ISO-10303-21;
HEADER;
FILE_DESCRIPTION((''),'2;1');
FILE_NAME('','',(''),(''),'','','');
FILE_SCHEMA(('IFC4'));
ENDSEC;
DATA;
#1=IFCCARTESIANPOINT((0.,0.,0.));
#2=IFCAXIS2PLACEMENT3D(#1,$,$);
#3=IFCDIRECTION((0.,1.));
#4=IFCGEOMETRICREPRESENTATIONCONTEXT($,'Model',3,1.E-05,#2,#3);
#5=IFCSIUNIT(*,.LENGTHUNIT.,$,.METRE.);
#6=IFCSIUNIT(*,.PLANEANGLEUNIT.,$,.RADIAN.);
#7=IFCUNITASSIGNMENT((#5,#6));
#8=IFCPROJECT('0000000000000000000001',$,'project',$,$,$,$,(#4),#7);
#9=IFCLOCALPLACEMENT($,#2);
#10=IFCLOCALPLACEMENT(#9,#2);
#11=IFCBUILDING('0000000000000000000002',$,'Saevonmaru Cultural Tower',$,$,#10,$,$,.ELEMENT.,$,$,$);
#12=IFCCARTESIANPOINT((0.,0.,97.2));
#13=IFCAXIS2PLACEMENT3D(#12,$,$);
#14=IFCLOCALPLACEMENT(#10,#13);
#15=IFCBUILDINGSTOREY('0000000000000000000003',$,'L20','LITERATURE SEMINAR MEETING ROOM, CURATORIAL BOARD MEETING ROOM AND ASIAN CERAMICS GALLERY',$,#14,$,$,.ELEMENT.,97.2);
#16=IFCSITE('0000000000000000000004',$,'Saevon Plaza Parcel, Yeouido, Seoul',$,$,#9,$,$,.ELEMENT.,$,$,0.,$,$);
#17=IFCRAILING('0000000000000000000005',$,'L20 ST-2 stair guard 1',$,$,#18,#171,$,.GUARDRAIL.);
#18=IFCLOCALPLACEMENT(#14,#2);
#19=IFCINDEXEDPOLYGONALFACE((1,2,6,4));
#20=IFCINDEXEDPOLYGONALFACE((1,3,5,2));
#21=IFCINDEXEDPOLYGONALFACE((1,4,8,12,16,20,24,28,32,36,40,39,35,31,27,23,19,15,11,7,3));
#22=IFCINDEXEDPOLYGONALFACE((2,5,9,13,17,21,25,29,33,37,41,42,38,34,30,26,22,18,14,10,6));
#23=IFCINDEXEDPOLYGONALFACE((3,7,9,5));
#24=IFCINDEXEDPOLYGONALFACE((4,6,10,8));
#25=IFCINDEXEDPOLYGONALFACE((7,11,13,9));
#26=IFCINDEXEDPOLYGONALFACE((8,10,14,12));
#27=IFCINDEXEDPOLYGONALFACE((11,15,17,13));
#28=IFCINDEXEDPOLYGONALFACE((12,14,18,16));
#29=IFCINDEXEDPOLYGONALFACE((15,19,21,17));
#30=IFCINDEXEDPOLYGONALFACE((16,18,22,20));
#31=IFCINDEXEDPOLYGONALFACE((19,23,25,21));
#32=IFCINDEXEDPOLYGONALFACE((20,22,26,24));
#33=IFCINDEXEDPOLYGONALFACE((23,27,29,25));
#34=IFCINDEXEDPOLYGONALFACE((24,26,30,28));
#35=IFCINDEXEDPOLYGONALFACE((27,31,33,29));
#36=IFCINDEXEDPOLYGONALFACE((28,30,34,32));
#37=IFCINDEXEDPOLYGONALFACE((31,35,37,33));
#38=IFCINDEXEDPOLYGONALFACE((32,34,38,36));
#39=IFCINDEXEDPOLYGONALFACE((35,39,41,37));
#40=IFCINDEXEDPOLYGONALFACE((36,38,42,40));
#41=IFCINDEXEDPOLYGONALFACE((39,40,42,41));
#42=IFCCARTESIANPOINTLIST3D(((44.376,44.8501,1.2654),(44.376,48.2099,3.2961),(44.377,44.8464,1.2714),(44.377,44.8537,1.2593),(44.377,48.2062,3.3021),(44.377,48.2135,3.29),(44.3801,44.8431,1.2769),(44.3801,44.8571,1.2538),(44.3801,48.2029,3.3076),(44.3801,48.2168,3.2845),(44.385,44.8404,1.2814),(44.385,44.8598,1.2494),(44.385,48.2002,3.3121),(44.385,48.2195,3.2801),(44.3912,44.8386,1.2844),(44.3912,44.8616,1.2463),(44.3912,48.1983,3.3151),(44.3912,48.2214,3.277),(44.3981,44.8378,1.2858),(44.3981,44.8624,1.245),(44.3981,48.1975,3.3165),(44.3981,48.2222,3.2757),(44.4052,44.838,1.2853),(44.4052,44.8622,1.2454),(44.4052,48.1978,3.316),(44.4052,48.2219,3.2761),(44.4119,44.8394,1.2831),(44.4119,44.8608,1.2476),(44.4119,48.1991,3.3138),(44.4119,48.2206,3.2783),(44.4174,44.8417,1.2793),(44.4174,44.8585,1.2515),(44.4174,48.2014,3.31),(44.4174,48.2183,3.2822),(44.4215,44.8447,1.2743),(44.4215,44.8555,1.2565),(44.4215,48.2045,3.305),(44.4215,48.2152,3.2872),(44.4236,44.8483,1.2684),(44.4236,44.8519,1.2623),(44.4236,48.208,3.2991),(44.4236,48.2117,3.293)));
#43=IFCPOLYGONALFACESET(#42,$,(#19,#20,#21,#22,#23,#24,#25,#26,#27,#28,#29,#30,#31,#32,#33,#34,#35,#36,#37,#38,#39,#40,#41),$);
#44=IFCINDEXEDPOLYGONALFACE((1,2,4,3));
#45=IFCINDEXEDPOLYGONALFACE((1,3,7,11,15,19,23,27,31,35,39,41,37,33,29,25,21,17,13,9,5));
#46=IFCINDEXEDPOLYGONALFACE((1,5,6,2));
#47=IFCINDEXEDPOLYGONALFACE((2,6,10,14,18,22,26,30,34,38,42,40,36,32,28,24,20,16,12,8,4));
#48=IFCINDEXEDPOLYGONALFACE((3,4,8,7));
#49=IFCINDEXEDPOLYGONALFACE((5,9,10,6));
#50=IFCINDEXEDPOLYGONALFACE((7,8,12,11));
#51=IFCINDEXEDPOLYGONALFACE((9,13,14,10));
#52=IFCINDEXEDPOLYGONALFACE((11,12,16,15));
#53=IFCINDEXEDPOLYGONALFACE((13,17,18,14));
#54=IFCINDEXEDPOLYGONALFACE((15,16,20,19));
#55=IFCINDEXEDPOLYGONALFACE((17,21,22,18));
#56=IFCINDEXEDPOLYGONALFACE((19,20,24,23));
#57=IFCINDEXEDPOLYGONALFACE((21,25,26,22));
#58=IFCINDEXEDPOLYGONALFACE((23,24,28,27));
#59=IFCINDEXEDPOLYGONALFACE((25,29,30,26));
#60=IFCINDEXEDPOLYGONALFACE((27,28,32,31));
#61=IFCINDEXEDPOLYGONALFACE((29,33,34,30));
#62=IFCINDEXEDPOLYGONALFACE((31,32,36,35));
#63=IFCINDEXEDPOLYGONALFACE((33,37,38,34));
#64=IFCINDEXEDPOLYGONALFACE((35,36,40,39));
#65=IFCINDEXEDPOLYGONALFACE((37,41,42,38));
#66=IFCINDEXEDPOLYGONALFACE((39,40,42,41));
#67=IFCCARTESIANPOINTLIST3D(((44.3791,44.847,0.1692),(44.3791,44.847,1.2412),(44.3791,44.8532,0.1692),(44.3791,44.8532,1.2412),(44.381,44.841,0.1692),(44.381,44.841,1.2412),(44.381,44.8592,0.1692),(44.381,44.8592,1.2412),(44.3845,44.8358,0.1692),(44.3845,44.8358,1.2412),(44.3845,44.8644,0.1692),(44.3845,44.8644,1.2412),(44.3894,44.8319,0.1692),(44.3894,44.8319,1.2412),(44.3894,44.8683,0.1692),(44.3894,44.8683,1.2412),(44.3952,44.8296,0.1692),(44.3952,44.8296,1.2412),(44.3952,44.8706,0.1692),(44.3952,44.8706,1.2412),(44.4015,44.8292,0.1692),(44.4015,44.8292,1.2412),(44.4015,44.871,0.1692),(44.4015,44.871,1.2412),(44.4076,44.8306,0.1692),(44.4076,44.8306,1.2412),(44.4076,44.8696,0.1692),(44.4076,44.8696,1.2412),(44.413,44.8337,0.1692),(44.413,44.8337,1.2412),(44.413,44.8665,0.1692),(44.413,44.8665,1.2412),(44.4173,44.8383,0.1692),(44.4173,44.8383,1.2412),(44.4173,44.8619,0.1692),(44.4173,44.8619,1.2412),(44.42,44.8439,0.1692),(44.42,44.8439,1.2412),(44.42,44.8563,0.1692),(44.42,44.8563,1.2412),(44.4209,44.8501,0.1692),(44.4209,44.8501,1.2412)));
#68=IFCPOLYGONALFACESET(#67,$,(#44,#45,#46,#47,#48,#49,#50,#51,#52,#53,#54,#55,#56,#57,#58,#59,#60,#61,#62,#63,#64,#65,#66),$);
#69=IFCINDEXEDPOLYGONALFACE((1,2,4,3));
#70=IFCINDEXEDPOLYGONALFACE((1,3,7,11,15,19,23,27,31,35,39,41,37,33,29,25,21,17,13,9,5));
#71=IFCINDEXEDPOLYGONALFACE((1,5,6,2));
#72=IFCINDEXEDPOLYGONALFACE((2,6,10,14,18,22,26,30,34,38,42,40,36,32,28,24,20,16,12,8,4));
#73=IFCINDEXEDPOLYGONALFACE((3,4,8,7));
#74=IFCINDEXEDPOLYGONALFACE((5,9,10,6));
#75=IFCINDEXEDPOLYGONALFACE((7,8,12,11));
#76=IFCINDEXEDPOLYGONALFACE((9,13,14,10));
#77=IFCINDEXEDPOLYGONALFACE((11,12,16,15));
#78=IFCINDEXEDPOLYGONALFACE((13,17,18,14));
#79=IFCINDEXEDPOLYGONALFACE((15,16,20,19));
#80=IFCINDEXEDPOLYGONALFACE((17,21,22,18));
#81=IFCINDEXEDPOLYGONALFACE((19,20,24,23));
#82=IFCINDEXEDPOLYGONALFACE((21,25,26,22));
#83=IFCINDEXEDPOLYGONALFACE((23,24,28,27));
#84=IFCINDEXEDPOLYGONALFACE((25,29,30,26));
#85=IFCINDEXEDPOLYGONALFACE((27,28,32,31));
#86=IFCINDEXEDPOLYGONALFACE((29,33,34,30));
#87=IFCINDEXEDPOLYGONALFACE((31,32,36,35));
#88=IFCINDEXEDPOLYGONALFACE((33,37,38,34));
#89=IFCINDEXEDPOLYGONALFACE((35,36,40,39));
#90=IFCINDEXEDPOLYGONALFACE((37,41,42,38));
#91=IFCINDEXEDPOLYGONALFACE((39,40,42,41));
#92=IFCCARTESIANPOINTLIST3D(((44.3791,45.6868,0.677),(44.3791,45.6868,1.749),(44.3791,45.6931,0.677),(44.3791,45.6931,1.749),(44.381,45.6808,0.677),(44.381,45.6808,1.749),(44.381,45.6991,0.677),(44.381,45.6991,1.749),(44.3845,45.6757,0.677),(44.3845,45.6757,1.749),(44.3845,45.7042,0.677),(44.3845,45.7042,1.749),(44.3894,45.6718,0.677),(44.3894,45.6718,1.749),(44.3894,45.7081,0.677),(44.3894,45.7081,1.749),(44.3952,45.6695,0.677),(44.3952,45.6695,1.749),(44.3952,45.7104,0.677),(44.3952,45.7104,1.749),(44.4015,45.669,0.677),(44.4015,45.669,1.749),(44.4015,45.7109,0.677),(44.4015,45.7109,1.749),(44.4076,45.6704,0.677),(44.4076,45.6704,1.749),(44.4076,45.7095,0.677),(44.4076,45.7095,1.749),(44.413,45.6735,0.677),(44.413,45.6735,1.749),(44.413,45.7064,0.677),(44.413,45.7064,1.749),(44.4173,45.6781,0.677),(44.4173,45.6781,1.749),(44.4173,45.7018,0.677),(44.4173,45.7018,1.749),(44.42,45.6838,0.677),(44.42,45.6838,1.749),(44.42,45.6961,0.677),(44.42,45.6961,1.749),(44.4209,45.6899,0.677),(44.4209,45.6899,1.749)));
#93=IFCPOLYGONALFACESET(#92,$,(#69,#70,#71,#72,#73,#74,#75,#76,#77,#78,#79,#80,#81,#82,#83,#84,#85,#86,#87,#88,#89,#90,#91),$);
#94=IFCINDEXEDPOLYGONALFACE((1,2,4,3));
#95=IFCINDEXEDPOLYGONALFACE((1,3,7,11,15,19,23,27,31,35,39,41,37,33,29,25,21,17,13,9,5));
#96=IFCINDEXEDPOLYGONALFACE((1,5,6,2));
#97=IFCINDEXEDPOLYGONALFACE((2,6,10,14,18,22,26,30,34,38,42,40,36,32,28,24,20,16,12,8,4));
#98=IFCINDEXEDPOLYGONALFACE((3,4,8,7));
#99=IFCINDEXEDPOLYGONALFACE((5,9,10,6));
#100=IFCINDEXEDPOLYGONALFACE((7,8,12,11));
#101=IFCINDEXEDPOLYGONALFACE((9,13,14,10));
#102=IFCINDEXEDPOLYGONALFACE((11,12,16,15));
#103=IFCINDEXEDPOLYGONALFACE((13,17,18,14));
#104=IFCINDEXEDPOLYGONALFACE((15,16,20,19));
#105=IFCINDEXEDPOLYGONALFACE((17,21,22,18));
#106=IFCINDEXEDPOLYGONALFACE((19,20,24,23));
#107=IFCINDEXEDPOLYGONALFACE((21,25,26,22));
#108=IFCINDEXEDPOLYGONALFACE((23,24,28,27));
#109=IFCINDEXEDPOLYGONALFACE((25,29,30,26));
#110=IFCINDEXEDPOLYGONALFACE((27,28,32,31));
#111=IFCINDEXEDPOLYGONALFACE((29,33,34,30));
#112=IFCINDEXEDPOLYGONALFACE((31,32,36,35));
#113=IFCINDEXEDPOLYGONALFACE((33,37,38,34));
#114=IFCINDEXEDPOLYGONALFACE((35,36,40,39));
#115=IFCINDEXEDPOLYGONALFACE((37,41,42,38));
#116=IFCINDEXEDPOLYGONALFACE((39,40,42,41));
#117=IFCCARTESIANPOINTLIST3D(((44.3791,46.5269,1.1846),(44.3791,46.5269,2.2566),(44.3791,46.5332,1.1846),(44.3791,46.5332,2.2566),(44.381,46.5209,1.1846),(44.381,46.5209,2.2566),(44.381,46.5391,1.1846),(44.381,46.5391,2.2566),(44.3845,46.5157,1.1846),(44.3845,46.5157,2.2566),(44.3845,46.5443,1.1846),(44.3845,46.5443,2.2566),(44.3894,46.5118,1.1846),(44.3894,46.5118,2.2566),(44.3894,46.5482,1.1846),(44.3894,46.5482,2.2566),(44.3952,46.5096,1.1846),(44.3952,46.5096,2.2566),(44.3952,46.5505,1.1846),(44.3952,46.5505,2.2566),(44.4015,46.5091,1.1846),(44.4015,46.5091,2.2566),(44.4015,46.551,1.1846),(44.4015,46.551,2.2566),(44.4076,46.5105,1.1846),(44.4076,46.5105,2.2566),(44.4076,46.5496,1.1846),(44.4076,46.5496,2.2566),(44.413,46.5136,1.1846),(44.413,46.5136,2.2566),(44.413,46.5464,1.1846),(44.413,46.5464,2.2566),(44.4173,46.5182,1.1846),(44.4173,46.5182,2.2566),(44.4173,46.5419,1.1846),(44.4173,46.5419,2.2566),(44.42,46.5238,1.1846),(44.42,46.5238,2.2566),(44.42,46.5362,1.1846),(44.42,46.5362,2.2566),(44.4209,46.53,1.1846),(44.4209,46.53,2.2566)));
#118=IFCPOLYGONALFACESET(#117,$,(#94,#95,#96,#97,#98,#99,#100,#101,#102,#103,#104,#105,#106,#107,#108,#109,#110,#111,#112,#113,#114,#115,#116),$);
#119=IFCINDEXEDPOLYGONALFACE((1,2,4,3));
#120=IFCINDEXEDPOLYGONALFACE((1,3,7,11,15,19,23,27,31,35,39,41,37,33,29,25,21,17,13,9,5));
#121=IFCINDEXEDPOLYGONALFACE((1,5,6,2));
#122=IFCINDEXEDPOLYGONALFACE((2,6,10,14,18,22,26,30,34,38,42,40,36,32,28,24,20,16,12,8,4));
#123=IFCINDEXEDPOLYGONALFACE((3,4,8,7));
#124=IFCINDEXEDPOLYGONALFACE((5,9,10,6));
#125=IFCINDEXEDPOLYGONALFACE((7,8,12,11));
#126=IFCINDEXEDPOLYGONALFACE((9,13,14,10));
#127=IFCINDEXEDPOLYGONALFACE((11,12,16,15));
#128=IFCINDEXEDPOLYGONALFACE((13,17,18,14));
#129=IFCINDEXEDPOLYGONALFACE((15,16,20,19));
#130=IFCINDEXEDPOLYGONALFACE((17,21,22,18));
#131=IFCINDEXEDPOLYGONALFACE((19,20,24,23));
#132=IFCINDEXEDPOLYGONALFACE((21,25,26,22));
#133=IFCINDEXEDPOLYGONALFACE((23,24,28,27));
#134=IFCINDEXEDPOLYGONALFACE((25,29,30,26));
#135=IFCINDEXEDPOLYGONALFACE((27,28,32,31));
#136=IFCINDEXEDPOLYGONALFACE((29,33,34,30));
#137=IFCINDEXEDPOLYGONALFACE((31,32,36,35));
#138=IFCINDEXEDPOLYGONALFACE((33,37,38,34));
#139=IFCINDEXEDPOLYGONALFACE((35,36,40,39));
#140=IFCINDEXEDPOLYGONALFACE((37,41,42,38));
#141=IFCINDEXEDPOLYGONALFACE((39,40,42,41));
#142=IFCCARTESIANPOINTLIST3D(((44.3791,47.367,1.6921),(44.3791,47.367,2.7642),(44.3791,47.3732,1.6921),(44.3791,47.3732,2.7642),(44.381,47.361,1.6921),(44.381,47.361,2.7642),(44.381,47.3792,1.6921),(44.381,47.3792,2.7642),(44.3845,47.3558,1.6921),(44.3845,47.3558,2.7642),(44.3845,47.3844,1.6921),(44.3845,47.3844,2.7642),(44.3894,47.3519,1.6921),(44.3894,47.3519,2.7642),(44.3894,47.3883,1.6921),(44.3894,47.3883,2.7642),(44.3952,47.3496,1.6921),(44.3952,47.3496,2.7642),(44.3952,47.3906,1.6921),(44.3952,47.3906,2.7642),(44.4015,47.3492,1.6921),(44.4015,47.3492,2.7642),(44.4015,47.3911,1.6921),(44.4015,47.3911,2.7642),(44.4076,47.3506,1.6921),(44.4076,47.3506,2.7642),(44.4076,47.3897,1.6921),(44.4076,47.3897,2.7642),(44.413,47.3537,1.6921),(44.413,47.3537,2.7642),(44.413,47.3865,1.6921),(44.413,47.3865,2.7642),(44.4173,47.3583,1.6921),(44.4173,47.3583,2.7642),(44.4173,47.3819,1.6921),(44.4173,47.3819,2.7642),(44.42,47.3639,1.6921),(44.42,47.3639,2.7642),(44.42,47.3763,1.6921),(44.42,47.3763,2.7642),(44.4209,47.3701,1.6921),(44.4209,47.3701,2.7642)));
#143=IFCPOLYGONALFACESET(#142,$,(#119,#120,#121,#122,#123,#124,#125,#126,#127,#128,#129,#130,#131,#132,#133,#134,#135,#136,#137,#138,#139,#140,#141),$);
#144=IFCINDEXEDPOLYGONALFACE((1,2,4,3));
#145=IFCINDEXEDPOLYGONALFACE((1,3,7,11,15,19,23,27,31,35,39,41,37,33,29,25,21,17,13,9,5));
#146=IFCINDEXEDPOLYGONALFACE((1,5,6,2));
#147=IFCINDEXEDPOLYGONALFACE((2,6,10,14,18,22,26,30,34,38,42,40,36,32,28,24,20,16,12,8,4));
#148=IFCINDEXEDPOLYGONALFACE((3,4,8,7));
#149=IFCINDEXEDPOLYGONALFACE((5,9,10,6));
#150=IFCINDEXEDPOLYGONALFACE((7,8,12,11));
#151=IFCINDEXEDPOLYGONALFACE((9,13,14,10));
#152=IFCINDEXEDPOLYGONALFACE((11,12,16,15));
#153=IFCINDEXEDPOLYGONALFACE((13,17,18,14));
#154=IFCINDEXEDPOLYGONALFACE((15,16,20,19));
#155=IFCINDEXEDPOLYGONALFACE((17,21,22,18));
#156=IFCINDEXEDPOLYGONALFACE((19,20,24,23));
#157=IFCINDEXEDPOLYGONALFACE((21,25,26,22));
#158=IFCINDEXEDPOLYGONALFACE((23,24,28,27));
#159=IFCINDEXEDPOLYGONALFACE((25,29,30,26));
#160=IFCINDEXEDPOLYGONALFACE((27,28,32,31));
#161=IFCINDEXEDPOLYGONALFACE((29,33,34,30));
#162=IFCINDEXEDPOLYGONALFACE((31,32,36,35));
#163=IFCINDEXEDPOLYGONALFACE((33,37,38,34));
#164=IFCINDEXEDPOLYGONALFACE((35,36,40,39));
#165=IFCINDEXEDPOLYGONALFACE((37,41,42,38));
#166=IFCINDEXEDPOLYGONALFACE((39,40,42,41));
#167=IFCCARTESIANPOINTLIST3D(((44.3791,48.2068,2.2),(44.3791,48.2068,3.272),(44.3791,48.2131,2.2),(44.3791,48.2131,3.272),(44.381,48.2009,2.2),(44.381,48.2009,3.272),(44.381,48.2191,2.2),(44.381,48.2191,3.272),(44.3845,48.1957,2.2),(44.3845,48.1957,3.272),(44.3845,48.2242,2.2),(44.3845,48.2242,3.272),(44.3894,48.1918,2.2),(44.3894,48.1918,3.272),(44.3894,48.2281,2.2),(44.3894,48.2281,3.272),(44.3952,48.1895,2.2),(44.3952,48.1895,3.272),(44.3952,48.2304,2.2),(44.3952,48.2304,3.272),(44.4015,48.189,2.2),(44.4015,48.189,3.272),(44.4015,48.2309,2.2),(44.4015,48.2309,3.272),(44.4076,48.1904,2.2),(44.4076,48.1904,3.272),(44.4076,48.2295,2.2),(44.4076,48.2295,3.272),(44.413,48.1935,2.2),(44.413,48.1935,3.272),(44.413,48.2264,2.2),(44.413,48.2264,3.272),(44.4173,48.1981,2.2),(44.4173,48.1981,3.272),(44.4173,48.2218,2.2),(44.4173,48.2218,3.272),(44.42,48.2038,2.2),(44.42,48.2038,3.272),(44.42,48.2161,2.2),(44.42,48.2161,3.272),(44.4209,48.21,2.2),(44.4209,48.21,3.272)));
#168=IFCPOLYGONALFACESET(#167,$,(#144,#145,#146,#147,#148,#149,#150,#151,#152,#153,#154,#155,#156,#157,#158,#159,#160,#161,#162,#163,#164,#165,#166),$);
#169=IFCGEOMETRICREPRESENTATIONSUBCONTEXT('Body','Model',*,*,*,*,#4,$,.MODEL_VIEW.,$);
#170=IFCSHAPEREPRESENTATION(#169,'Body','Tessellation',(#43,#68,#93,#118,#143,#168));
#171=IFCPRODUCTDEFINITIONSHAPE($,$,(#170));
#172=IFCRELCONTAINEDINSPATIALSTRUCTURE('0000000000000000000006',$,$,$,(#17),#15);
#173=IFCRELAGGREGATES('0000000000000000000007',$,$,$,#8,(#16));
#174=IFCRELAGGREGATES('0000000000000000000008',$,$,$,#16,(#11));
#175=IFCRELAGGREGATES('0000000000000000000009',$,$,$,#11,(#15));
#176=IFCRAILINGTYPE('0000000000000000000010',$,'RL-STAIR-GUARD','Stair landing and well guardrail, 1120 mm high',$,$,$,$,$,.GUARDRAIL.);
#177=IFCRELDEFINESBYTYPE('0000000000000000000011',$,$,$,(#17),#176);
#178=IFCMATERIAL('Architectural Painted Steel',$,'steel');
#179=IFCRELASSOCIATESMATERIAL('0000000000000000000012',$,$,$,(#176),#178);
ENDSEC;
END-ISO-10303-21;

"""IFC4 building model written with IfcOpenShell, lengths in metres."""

from ifc_helpers import new_model, si_unit, direction, frame, origin, origin_2d, place, context, subcontext, project, spatial, circle, extrude, material, type_object, element, save


model = new_model("IFC4")

# Units and contexts
model_context = context("Model", 3, precision=1e-05, world=origin(), true_north=direction((0.0, 1.0)))
body_context = subcontext(model_context, "Body", "Model", "MODEL_VIEW")
ifc_project = project(units=[si_unit("LENGTHUNIT", "METRE"), si_unit("PLANEANGLEUNIT", "RADIAN")], contexts=[model_context])

# Site, building, storey
site_placement = place(None, origin())
site = spatial("IfcSite", under=ifc_project, at=site_placement, Name="Saevon Plaza Parcel, Yeouido, Seoul", CompositionType="ELEMENT", RefElevation=0.0)
building_placement = place(site_placement, origin())
building = spatial("IfcBuilding", under=site, at=building_placement, Name="Saevonmaru Cultural Tower", CompositionType="ELEMENT")
storey_placement = place(building_placement, frame((0.0, 0.0, 97.2)))
storey = spatial("IfcBuildingStorey", under=building, at=storey_placement, Name="L20", Description="LITERATURE SEMINAR MEETING ROOM, CURATORIAL BOARD MEETING ROOM AND ASIAN CERAMICS GALLERY", CompositionType="ELEMENT", Elevation=97.2)

# Railing
ifc_material_1 = material(Name="Architectural Painted Steel", Category="steel")
railing_type_1 = type_object("IfcRailingType", Name="RL-STAIR-GUARD", Description="Stair landing and well guardrail, 1120 mm high", PredefinedType="GUARDRAIL", material=ifc_material_1)
railing_1_placement = place(storey_placement, frame((44.3999, 44.8501, 0.1692)))
element("IfcRailing", 1, at=railing_1_placement, inside=storey, type_object=railing_type_1, Name="L20 ST-2 stair guard 1", PredefinedType="GUARDRAIL", context=body_context, shape_type="SweptSolid", body=[
    extrude(circle(Radius=0.0239, at=origin_2d()), frame((0.0, 0.0, 1.0962), z_axis=(0.0, 0.85582, 0.517273), x_axis=(-1.0, 0.0, 0.0)), (0.0, 0.0, 1.0), 3.9258),
    extrude(circle(Radius=0.021, at=origin_2d()), origin(), (0.0, 0.0, 1.0), 1.072),
    extrude(circle(Radius=0.021, at=origin_2d()), frame((0.0, 0.8398, 0.5078)), (0.0, 0.0, 1.0), 1.072),
    extrude(circle(Radius=0.021, at=origin_2d()), frame((0.0, 1.6799, 1.0154)), (0.0, 0.0, 1.0), 1.072),
    extrude(circle(Radius=0.021, at=origin_2d()), frame((0.0, 2.52, 1.5229)), (0.0, 0.0, 1.0), 1.072),
    extrude(circle(Radius=0.021, at=origin_2d()), frame((0.0, 3.3599, 2.0308)), (0.0, 0.0, 1.0), 1.072),
])

save(model, "model.ifc")
